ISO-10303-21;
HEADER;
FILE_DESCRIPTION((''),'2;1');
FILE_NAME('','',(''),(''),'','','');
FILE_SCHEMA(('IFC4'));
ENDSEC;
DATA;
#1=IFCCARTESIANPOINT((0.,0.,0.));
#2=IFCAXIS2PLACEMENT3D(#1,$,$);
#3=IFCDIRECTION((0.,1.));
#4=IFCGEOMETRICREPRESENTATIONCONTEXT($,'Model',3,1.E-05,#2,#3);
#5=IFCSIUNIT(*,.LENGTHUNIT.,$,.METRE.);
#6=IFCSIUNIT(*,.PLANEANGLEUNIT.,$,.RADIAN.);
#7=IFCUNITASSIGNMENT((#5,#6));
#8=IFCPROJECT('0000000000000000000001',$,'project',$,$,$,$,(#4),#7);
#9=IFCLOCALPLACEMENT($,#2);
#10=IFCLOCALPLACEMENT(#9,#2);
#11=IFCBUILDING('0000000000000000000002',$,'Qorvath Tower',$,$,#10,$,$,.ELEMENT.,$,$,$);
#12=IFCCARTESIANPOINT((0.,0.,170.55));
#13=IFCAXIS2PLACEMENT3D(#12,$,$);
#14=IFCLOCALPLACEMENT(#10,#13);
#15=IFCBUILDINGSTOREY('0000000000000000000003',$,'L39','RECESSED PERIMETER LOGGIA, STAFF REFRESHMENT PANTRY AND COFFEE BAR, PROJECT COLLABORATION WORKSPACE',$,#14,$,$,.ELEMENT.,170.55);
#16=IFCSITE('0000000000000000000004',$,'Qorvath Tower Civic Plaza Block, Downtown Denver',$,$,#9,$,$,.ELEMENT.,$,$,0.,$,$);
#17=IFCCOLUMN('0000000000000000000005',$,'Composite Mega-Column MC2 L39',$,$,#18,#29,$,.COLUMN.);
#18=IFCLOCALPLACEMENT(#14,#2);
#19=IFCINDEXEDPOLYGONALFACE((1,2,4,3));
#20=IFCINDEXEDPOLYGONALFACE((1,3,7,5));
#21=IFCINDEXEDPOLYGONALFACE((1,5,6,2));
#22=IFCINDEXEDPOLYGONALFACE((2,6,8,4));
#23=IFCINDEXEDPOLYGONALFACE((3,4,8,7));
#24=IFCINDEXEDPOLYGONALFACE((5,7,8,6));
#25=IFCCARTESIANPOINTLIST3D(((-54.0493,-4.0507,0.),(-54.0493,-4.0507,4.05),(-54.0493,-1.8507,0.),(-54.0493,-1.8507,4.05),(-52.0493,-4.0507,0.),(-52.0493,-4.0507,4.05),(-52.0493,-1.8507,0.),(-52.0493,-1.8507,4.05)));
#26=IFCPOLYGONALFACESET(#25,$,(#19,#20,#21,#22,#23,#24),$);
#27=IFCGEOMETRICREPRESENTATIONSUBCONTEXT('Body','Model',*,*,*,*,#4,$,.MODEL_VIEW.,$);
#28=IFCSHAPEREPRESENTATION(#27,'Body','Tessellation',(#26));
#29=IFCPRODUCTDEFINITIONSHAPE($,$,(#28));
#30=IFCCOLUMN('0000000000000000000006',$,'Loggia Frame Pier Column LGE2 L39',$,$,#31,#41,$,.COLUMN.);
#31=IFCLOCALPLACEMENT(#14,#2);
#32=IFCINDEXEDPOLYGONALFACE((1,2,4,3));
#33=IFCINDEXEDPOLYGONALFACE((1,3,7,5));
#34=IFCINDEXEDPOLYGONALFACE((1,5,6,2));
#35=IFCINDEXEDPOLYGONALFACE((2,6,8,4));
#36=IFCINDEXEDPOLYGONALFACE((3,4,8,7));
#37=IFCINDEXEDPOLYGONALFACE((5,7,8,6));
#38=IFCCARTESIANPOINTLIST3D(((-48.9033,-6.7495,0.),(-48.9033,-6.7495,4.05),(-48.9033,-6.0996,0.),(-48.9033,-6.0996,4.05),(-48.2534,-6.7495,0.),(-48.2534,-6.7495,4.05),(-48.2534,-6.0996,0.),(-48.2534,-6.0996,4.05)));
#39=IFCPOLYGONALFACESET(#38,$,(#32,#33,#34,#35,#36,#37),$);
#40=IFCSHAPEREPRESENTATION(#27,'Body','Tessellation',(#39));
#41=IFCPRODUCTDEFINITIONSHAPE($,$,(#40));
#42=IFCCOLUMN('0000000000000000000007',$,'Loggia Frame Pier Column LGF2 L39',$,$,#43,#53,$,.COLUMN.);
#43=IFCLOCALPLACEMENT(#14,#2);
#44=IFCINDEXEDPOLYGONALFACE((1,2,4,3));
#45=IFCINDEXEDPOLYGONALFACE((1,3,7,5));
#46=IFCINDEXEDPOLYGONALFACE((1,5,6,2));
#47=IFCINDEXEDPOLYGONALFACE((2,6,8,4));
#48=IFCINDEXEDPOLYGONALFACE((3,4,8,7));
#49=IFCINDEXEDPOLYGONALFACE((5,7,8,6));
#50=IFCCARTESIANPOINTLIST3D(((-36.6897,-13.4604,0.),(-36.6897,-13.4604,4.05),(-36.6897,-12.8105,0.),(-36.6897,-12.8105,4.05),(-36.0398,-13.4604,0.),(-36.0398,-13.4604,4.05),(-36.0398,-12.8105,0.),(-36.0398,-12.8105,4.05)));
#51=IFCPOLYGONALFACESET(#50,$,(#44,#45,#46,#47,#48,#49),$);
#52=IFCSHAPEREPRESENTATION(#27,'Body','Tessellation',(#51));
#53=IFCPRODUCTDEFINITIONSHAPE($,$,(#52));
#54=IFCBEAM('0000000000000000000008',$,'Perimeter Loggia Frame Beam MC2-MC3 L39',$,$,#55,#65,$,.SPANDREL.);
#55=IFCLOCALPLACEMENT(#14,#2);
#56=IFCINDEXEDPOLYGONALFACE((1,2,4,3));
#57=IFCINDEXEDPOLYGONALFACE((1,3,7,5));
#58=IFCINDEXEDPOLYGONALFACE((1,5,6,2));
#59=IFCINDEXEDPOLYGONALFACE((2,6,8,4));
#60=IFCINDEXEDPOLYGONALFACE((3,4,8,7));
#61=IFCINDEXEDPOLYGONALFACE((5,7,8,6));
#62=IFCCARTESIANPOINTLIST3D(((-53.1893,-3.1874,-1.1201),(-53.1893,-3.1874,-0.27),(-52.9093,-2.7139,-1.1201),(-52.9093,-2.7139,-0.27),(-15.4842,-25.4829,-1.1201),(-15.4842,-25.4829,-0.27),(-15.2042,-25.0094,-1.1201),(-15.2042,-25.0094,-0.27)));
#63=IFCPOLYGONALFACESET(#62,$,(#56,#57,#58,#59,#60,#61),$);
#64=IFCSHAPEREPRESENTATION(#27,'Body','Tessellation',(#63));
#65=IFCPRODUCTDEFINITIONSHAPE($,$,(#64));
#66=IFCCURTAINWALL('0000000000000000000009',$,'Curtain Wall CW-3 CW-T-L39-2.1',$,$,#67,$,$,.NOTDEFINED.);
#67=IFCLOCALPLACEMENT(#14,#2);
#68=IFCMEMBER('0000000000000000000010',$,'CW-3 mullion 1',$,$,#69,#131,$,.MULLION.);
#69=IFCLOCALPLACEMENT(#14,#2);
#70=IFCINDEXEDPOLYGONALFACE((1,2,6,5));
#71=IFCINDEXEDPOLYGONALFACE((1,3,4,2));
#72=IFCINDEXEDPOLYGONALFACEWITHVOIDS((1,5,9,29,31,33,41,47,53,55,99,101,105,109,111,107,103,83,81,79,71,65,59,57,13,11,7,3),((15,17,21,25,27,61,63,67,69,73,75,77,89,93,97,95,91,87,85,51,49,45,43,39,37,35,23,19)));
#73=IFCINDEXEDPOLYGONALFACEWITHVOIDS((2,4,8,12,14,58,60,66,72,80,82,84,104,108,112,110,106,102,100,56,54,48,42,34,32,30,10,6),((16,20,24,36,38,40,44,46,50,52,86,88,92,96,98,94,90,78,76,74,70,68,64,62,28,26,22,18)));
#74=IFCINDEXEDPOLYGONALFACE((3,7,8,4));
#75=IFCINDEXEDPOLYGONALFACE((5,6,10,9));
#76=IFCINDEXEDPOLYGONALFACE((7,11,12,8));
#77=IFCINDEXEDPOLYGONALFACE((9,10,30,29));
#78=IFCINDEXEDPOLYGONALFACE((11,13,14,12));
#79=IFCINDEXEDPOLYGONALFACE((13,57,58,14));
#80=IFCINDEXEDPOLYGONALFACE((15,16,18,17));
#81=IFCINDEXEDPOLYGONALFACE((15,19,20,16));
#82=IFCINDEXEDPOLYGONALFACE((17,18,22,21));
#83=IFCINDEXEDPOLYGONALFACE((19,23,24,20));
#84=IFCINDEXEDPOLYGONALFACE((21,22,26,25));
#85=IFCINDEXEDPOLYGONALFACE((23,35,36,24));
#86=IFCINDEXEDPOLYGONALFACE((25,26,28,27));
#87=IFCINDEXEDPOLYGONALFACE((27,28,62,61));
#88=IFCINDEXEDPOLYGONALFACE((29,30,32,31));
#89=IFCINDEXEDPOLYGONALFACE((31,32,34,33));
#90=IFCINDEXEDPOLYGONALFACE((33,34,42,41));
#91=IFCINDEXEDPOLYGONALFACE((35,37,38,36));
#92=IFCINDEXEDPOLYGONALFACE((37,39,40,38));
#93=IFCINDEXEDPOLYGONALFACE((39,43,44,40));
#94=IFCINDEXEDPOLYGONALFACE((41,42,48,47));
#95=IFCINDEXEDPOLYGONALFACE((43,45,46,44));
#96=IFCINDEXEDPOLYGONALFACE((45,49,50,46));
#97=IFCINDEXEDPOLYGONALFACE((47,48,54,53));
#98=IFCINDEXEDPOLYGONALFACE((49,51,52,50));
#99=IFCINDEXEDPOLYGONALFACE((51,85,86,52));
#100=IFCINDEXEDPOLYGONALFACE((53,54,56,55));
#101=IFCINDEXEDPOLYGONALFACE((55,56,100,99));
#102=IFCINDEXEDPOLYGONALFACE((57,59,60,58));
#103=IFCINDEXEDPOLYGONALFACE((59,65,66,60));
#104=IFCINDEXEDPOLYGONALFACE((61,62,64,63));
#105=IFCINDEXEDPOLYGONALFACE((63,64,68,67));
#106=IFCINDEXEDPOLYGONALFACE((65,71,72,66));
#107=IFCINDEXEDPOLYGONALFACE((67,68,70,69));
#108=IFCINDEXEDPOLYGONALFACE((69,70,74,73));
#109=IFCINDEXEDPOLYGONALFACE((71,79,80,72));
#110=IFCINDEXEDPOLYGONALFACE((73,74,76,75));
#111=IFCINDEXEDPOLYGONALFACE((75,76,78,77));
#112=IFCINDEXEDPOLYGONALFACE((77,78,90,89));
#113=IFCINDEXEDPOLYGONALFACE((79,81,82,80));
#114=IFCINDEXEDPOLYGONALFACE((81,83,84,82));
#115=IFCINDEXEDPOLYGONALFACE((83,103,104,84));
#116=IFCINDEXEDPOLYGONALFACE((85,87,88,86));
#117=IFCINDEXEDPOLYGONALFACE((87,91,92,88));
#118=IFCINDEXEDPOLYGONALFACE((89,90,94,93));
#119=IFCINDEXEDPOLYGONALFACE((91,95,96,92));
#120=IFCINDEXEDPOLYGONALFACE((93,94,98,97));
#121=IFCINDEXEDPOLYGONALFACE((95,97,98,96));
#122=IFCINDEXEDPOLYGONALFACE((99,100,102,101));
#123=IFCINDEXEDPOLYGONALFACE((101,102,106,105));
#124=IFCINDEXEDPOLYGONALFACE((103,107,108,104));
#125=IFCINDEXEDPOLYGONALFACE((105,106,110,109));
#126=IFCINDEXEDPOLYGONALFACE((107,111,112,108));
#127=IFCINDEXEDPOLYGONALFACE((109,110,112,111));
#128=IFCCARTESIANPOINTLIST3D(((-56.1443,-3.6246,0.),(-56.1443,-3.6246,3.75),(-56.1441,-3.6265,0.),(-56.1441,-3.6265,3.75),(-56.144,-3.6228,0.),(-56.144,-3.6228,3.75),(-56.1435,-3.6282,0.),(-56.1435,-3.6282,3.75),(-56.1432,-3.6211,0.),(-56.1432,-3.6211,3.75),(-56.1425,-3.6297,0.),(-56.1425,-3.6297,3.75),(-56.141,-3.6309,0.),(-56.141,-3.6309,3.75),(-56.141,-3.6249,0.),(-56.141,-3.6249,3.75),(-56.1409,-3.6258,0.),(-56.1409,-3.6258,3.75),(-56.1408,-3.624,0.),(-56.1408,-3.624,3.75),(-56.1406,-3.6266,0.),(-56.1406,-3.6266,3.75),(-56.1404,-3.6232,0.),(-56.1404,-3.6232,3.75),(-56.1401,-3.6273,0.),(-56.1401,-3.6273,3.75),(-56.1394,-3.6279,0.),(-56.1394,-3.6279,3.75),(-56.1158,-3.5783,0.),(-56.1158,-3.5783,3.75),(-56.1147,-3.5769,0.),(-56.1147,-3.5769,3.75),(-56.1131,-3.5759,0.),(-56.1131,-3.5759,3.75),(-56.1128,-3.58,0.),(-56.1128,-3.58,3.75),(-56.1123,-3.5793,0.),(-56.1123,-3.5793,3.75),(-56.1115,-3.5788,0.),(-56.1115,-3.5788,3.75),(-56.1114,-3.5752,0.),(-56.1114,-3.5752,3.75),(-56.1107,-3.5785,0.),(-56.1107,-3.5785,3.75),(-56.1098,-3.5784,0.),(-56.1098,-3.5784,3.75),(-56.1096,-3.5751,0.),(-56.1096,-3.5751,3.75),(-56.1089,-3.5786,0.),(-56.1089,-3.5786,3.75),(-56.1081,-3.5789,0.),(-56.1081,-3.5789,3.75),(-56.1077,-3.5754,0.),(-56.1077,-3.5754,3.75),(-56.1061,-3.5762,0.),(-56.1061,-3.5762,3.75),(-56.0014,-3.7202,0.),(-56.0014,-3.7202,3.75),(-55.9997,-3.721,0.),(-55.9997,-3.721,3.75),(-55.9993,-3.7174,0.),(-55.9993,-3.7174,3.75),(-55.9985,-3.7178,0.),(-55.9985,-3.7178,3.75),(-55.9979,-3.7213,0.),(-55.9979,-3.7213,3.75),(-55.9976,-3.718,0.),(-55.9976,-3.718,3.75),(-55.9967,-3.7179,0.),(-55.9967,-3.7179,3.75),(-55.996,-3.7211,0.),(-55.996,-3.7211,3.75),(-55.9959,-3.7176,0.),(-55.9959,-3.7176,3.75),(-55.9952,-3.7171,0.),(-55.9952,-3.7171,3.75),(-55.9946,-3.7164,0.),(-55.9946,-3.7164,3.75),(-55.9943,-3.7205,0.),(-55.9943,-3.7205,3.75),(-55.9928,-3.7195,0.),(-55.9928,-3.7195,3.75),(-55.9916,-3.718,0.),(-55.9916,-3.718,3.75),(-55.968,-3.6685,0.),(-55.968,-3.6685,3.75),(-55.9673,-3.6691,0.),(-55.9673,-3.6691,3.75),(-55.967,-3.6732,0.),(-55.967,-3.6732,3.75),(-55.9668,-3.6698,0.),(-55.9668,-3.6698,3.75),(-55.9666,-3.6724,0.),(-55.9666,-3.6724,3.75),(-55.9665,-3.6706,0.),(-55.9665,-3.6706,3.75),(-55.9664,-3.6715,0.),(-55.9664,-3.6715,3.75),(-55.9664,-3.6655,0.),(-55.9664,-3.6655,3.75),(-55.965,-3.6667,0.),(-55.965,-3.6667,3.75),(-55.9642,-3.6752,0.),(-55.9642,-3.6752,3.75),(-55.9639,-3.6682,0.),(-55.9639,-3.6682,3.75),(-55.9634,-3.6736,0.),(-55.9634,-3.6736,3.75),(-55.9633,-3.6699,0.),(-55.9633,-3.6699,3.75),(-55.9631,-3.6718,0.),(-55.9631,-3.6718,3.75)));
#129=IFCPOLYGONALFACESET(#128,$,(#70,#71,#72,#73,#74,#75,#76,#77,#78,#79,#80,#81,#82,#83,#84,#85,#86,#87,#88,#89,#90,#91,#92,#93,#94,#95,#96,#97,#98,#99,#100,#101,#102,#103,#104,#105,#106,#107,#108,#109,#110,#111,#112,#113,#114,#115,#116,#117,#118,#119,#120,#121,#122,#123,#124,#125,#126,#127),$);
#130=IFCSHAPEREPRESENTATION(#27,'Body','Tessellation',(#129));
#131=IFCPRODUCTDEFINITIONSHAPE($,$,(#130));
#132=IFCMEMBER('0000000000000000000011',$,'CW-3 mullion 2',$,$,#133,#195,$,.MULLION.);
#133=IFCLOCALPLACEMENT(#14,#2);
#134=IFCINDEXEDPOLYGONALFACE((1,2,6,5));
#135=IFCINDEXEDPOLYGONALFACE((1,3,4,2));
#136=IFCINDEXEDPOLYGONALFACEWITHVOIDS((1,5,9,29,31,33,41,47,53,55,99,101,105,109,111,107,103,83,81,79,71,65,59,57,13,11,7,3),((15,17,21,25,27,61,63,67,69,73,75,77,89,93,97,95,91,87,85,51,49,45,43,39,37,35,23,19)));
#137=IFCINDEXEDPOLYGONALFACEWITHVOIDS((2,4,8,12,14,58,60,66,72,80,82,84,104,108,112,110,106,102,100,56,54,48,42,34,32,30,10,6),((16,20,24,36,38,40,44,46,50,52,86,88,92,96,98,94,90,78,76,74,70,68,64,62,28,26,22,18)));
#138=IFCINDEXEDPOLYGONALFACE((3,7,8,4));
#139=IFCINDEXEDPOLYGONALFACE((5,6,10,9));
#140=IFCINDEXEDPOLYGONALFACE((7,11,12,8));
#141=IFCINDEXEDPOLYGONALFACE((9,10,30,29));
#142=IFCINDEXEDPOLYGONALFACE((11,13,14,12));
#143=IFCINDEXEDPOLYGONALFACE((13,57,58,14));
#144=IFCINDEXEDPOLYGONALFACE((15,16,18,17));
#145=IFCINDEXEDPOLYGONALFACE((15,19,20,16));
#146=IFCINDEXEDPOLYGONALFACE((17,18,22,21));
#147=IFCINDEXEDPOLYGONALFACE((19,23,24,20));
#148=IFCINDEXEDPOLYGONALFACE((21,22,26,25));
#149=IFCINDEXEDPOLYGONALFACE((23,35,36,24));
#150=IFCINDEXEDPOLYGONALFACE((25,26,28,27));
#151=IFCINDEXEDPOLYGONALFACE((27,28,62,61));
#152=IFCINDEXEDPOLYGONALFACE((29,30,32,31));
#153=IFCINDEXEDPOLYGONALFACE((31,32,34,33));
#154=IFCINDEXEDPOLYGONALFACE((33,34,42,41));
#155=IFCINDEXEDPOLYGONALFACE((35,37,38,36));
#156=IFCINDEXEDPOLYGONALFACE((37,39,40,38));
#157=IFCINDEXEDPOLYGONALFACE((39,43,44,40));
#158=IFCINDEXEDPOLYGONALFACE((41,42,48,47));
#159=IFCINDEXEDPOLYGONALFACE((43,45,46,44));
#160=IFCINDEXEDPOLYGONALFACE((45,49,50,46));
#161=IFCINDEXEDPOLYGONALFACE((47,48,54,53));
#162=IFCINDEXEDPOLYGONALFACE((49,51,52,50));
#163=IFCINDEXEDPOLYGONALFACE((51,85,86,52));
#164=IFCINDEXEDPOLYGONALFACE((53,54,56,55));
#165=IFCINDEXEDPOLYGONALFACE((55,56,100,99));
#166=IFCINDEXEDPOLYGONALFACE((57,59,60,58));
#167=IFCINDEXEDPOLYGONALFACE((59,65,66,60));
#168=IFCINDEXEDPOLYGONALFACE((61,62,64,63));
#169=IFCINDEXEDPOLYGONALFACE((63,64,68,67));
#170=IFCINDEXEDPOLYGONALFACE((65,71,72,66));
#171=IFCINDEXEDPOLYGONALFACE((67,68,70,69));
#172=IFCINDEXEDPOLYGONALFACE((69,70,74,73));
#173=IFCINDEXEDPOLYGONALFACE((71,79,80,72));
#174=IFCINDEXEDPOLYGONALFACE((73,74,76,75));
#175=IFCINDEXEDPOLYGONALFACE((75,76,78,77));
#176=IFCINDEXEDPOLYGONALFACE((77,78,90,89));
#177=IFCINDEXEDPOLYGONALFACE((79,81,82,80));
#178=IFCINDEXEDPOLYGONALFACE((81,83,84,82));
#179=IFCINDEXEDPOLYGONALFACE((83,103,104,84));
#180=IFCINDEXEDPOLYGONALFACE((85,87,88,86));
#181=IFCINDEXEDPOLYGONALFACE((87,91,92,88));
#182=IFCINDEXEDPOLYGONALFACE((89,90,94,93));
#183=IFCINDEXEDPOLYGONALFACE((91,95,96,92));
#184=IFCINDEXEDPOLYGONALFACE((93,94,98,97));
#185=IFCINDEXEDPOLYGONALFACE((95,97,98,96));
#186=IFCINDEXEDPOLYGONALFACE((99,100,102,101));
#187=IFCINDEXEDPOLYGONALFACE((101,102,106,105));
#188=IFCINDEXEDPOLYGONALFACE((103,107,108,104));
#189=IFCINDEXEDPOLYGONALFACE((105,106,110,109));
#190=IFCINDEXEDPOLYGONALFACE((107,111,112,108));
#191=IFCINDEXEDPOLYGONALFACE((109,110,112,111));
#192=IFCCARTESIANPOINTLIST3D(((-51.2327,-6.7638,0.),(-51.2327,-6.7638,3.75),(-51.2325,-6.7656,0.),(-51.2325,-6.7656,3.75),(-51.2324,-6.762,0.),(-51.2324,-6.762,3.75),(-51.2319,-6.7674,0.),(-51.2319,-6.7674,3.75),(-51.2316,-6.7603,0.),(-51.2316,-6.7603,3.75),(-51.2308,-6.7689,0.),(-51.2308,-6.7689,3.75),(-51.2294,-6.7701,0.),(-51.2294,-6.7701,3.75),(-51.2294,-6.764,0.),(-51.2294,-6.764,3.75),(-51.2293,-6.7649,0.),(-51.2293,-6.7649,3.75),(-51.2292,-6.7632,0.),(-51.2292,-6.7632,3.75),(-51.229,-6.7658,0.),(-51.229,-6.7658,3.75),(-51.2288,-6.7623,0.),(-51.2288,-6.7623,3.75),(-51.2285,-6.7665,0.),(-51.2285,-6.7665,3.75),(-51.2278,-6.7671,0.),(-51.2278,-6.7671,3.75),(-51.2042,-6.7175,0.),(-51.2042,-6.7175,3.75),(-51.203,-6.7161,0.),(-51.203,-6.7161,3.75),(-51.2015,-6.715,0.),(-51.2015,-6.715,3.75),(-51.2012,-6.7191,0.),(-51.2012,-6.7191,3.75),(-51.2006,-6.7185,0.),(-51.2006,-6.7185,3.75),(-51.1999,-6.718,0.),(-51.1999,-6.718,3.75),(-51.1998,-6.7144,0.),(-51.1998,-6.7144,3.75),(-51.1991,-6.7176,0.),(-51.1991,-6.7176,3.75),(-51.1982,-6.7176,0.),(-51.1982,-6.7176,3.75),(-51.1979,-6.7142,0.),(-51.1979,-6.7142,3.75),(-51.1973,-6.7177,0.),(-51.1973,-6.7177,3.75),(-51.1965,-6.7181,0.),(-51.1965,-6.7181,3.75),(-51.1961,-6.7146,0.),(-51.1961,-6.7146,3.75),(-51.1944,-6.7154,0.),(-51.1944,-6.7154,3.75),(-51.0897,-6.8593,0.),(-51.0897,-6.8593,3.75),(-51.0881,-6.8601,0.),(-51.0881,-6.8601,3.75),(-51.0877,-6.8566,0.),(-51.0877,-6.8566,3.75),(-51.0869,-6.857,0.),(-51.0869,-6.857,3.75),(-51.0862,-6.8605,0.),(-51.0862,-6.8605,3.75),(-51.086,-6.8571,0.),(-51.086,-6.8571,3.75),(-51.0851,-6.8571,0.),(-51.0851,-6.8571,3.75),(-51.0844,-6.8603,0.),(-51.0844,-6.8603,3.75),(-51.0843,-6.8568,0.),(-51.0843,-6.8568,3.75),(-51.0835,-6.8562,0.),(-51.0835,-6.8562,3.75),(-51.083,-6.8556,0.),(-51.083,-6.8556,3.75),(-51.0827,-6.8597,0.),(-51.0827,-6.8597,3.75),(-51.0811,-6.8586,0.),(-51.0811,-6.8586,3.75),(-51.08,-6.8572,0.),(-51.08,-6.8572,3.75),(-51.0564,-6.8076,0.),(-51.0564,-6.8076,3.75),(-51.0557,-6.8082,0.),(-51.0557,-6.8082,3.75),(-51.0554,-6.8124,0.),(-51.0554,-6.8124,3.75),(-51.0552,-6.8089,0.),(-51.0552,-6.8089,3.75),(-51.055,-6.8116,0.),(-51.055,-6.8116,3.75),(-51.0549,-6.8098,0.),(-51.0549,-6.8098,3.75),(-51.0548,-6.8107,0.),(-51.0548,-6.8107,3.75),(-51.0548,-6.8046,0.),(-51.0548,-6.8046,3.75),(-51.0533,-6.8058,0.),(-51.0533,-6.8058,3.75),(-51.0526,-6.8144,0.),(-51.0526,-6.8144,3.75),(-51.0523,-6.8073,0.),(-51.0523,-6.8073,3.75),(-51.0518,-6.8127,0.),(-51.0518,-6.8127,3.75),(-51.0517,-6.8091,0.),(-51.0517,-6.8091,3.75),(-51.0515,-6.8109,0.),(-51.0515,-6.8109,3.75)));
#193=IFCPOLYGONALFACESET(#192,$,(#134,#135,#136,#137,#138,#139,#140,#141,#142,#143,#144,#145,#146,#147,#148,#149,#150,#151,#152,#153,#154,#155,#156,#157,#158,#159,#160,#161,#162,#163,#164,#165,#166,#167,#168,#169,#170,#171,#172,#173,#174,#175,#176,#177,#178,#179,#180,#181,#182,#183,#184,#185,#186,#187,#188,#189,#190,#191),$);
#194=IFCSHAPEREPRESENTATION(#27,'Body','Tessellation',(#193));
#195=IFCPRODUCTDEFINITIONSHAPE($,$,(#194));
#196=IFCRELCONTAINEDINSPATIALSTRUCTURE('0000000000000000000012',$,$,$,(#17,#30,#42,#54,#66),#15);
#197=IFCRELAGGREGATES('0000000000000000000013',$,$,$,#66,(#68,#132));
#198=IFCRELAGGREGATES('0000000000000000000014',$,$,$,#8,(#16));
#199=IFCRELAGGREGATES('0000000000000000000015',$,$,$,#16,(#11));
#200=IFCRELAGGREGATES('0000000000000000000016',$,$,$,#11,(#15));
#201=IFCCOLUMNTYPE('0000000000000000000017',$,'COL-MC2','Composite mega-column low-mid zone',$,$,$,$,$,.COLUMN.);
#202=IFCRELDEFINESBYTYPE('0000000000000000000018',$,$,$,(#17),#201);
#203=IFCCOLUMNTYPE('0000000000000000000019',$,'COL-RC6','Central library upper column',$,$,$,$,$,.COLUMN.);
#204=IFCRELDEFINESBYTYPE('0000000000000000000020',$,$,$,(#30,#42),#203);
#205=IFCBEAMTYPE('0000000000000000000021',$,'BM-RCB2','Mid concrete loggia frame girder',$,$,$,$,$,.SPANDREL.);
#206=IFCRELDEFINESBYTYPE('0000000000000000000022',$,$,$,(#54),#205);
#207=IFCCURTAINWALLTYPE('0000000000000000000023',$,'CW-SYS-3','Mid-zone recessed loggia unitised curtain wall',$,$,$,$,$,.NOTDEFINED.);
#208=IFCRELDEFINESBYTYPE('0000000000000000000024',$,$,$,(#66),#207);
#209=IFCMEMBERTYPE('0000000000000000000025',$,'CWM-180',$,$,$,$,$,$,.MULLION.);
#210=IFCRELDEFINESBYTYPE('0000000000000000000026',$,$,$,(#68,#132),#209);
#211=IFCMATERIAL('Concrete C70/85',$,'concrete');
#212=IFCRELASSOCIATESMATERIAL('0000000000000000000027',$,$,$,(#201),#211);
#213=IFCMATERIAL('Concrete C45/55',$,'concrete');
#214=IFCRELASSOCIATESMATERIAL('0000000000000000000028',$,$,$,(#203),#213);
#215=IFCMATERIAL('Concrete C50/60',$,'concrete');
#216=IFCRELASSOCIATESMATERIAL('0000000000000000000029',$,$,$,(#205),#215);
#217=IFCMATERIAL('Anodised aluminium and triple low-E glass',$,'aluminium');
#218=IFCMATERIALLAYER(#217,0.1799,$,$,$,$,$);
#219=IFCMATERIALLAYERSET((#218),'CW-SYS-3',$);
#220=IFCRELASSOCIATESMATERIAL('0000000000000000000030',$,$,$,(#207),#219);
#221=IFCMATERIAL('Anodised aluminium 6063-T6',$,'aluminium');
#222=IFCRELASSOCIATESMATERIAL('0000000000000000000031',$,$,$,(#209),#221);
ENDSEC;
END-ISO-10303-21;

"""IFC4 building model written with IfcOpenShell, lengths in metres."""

from ifc_helpers import new_model, si_unit, direction, frame, origin, origin_2d, place, context, subcontext, project, spatial, rectangle, hollow_rectangle, extrude, material, layer, layer_set, material_profile, profile_set, type_object, element, aggregate, save


model = new_model("IFC4")

# Units and contexts
model_context = context("Model", 3, precision=1e-05, world=origin(), true_north=direction((0.0, 1.0)))
body_context = subcontext(model_context, "Body", "Model", "MODEL_VIEW")
ifc_project = project(units=[si_unit("LENGTHUNIT", "METRE"), si_unit("PLANEANGLEUNIT", "RADIAN")], contexts=[model_context])

# Site, building, storey
site_placement = place(None, origin())
site = spatial("IfcSite", under=ifc_project, at=site_placement, Name="Qorvath Tower Civic Plaza Block, Downtown Denver", CompositionType="ELEMENT", RefElevation=0.0)
building_placement = place(site_placement, origin())
building = spatial("IfcBuilding", under=site, at=building_placement, Name="Qorvath Tower", CompositionType="ELEMENT")
storey_placement = place(building_placement, frame((0.0, 0.0, 170.55)))
storey = spatial("IfcBuildingStorey", under=building, at=storey_placement, Name="L39", Description="RECESSED PERIMETER LOGGIA, STAFF REFRESHMENT PANTRY AND COFFEE BAR, PROJECT COLLABORATION WORKSPACE", CompositionType="ELEMENT", Elevation=170.55)

# Columns
ifc_material_1 = material(Name="Concrete C70/85", Category="concrete")
ifc_material_profile_1 = material_profile(ifc_material_1, rectangle(XDim=2.0, YDim=2.2, at=origin_2d()), Name="MC 2200x2000")
ifc_profile_set_1 = profile_set([ifc_material_profile_1], Name="Concrete C70/85")
column_type_1 = type_object("IfcColumnType", Name="COL-MC2", Description="Composite mega-column low-mid zone", PredefinedType="COLUMN", material=ifc_profile_set_1)
column_placement = place(storey_placement, frame((-53.0493, -2.9507, 0.0), z_axis=(0.0, 0.0, 1.0), x_axis=(1.0, 0.0, 0.0)))
element("IfcColumn", 1, at=column_placement, inside=storey, type_object=column_type_1, Name="Composite Mega-Column MC2 L39", PredefinedType="COLUMN", context=body_context, shape_type="SweptSolid", body=[
    extrude(rectangle(XDim=2.0, YDim=2.2, at=origin_2d()), origin(), (0.0, 0.0, 1.0), 4.05),
])
ifc_material_2 = material(Name="Concrete C45/55", Category="concrete")
ifc_material_profile_2 = material_profile(ifc_material_2, rectangle(XDim=0.6499, YDim=0.6499, at=origin_2d()), Name="RC 650x650")
ifc_profile_set_2 = profile_set([ifc_material_profile_2], Name="Concrete C45/55")
column_type_2 = type_object("IfcColumnType", Name="COL-RC6", Description="Central library upper column", PredefinedType="COLUMN", material=ifc_profile_set_2)
for number, where, z_axis, x_axis, name in (
    (2, (-48.5784, -6.4246, 0.0), (0.0, 0.0, 1.0), (1.0, 0.0, 0.0), "Loggia Frame Pier Column LGE2 L39"),
    (3, (-36.3647, -13.1355, 0.0), (0.0, 0.0, 1.0), (1.0, 0.0, 0.0), "Loggia Frame Pier Column LGF2 L39"),
):
    element("IfcColumn", number, at=place(storey_placement, frame(where, z_axis=z_axis, x_axis=x_axis)), inside=storey, type_object=column_type_2, Name=name, PredefinedType="COLUMN", context=body_context, shape_type="SweptSolid", body=[
        extrude(rectangle(XDim=0.6499, YDim=0.6499, at=origin_2d()), origin(), (0.0, 0.0, 1.0), 4.05),
    ])

# Beam
ifc_material_3 = material(Name="Concrete C50/60", Category="concrete")
ifc_material_profile_3 = material_profile(ifc_material_3, rectangle(XDim=0.55, YDim=0.8501, at=origin_2d()), Name="RCB 850x550")
ifc_profile_set_3 = profile_set([ifc_material_profile_3], Name="Concrete C50/60")
beam_type = type_object("IfcBeamType", Name="BM-RCB2", Description="Mid concrete loggia frame girder", PredefinedType="SPANDREL", material=ifc_profile_set_3)
beam_placement = place(storey_placement, frame((-53.0493, -2.9507, -0.6951), z_axis=(0.860775, -0.508985, 0.0), x_axis=(0.508985, 0.860775, 0.0)))
element("IfcBeam", 4, at=beam_placement, inside=storey, type_object=beam_type, Name="Perimeter Loggia Frame Beam MC2-MC3 L39", PredefinedType="SPANDREL", context=body_context, shape_type="SweptSolid", body=[
    extrude(rectangle(XDim=0.55, YDim=0.8501, at=origin_2d()), origin(), (0.0, 0.0, 1.0), 43.8037),
])

# Curtain wall, members
ifc_material_4 = material(Name="Anodised aluminium and triple low-E glass", Category="aluminium")
ifc_layer_1 = layer(ifc_material_4, 0.1799)
ifc_layer_set_1 = layer_set([ifc_layer_1], Name="CW-SYS-3")
curtain_wall_type = type_object("IfcCurtainWallType", Name="CW-SYS-3", Description="Mid-zone recessed loggia unitised curtain wall", PredefinedType="NOTDEFINED", material=ifc_layer_set_1)
curtain_wall_placement = place(storey_placement, origin())
curtain_wall = element("IfcCurtainWall", 5, at=curtain_wall_placement, inside=storey, type_object=curtain_wall_type, Name="Curtain Wall CW-3 CW-T-L39-2.1", PredefinedType="NOTDEFINED")
ifc_material_5 = material(Name="Anodised aluminium 6063-T6", Category="aluminium")
ifc_material_profile_4 = material_profile(ifc_material_5, hollow_rectangle(XDim=0.0649, YDim=0.1799, WallThickness=0.0034, InnerFilletRadius=0.0034, OuterFilletRadius=0.0071, at=origin_2d()), Name="CWM 180x65")
ifc_profile_set_4 = profile_set([ifc_material_profile_4], Name="Anodised aluminium 6063-T6")
member_type_1 = type_object("IfcMemberType", Name="CWM-180", PredefinedType="MULLION", material=ifc_profile_set_4)
member_1_placement = place(storey_placement, frame((-56.0537, -3.6482, 0.0), z_axis=(0.0, 0.0, 1.0), x_axis=(0.538529, 0.842607, 0.0)))
member_1 = element("IfcMember", 6, at=member_1_placement, type_object=member_type_1, Name="CW-3 mullion 1", PredefinedType="MULLION", context=body_context, shape_type="SweptSolid", body=[
    extrude(hollow_rectangle(XDim=0.0649, YDim=0.1799, WallThickness=0.0034, InnerFilletRadius=0.0034, OuterFilletRadius=0.0071, at=origin_2d()), origin(), (0.0, 0.0, 1.0), 3.75),
])
member_2_placement = place(storey_placement, frame((-51.1421, -6.7874, 0.0), z_axis=(0.0, 0.0, 1.0), x_axis=(0.538529, 0.842607, 0.0)))
member_2 = element("IfcMember", 7, at=member_2_placement, type_object=member_type_1, Name="CW-3 mullion 2", PredefinedType="MULLION", context=body_context, shape_type="SweptSolid", body=[
    extrude(hollow_rectangle(XDim=0.0649, YDim=0.1799, WallThickness=0.0034, InnerFilletRadius=0.0034, OuterFilletRadius=0.0071, at=origin_2d()), origin(), (0.0, 0.0, 1.0), 3.75),
])
aggregate(curtain_wall, [member_1, member_2])

save(model, "model.ifc")
